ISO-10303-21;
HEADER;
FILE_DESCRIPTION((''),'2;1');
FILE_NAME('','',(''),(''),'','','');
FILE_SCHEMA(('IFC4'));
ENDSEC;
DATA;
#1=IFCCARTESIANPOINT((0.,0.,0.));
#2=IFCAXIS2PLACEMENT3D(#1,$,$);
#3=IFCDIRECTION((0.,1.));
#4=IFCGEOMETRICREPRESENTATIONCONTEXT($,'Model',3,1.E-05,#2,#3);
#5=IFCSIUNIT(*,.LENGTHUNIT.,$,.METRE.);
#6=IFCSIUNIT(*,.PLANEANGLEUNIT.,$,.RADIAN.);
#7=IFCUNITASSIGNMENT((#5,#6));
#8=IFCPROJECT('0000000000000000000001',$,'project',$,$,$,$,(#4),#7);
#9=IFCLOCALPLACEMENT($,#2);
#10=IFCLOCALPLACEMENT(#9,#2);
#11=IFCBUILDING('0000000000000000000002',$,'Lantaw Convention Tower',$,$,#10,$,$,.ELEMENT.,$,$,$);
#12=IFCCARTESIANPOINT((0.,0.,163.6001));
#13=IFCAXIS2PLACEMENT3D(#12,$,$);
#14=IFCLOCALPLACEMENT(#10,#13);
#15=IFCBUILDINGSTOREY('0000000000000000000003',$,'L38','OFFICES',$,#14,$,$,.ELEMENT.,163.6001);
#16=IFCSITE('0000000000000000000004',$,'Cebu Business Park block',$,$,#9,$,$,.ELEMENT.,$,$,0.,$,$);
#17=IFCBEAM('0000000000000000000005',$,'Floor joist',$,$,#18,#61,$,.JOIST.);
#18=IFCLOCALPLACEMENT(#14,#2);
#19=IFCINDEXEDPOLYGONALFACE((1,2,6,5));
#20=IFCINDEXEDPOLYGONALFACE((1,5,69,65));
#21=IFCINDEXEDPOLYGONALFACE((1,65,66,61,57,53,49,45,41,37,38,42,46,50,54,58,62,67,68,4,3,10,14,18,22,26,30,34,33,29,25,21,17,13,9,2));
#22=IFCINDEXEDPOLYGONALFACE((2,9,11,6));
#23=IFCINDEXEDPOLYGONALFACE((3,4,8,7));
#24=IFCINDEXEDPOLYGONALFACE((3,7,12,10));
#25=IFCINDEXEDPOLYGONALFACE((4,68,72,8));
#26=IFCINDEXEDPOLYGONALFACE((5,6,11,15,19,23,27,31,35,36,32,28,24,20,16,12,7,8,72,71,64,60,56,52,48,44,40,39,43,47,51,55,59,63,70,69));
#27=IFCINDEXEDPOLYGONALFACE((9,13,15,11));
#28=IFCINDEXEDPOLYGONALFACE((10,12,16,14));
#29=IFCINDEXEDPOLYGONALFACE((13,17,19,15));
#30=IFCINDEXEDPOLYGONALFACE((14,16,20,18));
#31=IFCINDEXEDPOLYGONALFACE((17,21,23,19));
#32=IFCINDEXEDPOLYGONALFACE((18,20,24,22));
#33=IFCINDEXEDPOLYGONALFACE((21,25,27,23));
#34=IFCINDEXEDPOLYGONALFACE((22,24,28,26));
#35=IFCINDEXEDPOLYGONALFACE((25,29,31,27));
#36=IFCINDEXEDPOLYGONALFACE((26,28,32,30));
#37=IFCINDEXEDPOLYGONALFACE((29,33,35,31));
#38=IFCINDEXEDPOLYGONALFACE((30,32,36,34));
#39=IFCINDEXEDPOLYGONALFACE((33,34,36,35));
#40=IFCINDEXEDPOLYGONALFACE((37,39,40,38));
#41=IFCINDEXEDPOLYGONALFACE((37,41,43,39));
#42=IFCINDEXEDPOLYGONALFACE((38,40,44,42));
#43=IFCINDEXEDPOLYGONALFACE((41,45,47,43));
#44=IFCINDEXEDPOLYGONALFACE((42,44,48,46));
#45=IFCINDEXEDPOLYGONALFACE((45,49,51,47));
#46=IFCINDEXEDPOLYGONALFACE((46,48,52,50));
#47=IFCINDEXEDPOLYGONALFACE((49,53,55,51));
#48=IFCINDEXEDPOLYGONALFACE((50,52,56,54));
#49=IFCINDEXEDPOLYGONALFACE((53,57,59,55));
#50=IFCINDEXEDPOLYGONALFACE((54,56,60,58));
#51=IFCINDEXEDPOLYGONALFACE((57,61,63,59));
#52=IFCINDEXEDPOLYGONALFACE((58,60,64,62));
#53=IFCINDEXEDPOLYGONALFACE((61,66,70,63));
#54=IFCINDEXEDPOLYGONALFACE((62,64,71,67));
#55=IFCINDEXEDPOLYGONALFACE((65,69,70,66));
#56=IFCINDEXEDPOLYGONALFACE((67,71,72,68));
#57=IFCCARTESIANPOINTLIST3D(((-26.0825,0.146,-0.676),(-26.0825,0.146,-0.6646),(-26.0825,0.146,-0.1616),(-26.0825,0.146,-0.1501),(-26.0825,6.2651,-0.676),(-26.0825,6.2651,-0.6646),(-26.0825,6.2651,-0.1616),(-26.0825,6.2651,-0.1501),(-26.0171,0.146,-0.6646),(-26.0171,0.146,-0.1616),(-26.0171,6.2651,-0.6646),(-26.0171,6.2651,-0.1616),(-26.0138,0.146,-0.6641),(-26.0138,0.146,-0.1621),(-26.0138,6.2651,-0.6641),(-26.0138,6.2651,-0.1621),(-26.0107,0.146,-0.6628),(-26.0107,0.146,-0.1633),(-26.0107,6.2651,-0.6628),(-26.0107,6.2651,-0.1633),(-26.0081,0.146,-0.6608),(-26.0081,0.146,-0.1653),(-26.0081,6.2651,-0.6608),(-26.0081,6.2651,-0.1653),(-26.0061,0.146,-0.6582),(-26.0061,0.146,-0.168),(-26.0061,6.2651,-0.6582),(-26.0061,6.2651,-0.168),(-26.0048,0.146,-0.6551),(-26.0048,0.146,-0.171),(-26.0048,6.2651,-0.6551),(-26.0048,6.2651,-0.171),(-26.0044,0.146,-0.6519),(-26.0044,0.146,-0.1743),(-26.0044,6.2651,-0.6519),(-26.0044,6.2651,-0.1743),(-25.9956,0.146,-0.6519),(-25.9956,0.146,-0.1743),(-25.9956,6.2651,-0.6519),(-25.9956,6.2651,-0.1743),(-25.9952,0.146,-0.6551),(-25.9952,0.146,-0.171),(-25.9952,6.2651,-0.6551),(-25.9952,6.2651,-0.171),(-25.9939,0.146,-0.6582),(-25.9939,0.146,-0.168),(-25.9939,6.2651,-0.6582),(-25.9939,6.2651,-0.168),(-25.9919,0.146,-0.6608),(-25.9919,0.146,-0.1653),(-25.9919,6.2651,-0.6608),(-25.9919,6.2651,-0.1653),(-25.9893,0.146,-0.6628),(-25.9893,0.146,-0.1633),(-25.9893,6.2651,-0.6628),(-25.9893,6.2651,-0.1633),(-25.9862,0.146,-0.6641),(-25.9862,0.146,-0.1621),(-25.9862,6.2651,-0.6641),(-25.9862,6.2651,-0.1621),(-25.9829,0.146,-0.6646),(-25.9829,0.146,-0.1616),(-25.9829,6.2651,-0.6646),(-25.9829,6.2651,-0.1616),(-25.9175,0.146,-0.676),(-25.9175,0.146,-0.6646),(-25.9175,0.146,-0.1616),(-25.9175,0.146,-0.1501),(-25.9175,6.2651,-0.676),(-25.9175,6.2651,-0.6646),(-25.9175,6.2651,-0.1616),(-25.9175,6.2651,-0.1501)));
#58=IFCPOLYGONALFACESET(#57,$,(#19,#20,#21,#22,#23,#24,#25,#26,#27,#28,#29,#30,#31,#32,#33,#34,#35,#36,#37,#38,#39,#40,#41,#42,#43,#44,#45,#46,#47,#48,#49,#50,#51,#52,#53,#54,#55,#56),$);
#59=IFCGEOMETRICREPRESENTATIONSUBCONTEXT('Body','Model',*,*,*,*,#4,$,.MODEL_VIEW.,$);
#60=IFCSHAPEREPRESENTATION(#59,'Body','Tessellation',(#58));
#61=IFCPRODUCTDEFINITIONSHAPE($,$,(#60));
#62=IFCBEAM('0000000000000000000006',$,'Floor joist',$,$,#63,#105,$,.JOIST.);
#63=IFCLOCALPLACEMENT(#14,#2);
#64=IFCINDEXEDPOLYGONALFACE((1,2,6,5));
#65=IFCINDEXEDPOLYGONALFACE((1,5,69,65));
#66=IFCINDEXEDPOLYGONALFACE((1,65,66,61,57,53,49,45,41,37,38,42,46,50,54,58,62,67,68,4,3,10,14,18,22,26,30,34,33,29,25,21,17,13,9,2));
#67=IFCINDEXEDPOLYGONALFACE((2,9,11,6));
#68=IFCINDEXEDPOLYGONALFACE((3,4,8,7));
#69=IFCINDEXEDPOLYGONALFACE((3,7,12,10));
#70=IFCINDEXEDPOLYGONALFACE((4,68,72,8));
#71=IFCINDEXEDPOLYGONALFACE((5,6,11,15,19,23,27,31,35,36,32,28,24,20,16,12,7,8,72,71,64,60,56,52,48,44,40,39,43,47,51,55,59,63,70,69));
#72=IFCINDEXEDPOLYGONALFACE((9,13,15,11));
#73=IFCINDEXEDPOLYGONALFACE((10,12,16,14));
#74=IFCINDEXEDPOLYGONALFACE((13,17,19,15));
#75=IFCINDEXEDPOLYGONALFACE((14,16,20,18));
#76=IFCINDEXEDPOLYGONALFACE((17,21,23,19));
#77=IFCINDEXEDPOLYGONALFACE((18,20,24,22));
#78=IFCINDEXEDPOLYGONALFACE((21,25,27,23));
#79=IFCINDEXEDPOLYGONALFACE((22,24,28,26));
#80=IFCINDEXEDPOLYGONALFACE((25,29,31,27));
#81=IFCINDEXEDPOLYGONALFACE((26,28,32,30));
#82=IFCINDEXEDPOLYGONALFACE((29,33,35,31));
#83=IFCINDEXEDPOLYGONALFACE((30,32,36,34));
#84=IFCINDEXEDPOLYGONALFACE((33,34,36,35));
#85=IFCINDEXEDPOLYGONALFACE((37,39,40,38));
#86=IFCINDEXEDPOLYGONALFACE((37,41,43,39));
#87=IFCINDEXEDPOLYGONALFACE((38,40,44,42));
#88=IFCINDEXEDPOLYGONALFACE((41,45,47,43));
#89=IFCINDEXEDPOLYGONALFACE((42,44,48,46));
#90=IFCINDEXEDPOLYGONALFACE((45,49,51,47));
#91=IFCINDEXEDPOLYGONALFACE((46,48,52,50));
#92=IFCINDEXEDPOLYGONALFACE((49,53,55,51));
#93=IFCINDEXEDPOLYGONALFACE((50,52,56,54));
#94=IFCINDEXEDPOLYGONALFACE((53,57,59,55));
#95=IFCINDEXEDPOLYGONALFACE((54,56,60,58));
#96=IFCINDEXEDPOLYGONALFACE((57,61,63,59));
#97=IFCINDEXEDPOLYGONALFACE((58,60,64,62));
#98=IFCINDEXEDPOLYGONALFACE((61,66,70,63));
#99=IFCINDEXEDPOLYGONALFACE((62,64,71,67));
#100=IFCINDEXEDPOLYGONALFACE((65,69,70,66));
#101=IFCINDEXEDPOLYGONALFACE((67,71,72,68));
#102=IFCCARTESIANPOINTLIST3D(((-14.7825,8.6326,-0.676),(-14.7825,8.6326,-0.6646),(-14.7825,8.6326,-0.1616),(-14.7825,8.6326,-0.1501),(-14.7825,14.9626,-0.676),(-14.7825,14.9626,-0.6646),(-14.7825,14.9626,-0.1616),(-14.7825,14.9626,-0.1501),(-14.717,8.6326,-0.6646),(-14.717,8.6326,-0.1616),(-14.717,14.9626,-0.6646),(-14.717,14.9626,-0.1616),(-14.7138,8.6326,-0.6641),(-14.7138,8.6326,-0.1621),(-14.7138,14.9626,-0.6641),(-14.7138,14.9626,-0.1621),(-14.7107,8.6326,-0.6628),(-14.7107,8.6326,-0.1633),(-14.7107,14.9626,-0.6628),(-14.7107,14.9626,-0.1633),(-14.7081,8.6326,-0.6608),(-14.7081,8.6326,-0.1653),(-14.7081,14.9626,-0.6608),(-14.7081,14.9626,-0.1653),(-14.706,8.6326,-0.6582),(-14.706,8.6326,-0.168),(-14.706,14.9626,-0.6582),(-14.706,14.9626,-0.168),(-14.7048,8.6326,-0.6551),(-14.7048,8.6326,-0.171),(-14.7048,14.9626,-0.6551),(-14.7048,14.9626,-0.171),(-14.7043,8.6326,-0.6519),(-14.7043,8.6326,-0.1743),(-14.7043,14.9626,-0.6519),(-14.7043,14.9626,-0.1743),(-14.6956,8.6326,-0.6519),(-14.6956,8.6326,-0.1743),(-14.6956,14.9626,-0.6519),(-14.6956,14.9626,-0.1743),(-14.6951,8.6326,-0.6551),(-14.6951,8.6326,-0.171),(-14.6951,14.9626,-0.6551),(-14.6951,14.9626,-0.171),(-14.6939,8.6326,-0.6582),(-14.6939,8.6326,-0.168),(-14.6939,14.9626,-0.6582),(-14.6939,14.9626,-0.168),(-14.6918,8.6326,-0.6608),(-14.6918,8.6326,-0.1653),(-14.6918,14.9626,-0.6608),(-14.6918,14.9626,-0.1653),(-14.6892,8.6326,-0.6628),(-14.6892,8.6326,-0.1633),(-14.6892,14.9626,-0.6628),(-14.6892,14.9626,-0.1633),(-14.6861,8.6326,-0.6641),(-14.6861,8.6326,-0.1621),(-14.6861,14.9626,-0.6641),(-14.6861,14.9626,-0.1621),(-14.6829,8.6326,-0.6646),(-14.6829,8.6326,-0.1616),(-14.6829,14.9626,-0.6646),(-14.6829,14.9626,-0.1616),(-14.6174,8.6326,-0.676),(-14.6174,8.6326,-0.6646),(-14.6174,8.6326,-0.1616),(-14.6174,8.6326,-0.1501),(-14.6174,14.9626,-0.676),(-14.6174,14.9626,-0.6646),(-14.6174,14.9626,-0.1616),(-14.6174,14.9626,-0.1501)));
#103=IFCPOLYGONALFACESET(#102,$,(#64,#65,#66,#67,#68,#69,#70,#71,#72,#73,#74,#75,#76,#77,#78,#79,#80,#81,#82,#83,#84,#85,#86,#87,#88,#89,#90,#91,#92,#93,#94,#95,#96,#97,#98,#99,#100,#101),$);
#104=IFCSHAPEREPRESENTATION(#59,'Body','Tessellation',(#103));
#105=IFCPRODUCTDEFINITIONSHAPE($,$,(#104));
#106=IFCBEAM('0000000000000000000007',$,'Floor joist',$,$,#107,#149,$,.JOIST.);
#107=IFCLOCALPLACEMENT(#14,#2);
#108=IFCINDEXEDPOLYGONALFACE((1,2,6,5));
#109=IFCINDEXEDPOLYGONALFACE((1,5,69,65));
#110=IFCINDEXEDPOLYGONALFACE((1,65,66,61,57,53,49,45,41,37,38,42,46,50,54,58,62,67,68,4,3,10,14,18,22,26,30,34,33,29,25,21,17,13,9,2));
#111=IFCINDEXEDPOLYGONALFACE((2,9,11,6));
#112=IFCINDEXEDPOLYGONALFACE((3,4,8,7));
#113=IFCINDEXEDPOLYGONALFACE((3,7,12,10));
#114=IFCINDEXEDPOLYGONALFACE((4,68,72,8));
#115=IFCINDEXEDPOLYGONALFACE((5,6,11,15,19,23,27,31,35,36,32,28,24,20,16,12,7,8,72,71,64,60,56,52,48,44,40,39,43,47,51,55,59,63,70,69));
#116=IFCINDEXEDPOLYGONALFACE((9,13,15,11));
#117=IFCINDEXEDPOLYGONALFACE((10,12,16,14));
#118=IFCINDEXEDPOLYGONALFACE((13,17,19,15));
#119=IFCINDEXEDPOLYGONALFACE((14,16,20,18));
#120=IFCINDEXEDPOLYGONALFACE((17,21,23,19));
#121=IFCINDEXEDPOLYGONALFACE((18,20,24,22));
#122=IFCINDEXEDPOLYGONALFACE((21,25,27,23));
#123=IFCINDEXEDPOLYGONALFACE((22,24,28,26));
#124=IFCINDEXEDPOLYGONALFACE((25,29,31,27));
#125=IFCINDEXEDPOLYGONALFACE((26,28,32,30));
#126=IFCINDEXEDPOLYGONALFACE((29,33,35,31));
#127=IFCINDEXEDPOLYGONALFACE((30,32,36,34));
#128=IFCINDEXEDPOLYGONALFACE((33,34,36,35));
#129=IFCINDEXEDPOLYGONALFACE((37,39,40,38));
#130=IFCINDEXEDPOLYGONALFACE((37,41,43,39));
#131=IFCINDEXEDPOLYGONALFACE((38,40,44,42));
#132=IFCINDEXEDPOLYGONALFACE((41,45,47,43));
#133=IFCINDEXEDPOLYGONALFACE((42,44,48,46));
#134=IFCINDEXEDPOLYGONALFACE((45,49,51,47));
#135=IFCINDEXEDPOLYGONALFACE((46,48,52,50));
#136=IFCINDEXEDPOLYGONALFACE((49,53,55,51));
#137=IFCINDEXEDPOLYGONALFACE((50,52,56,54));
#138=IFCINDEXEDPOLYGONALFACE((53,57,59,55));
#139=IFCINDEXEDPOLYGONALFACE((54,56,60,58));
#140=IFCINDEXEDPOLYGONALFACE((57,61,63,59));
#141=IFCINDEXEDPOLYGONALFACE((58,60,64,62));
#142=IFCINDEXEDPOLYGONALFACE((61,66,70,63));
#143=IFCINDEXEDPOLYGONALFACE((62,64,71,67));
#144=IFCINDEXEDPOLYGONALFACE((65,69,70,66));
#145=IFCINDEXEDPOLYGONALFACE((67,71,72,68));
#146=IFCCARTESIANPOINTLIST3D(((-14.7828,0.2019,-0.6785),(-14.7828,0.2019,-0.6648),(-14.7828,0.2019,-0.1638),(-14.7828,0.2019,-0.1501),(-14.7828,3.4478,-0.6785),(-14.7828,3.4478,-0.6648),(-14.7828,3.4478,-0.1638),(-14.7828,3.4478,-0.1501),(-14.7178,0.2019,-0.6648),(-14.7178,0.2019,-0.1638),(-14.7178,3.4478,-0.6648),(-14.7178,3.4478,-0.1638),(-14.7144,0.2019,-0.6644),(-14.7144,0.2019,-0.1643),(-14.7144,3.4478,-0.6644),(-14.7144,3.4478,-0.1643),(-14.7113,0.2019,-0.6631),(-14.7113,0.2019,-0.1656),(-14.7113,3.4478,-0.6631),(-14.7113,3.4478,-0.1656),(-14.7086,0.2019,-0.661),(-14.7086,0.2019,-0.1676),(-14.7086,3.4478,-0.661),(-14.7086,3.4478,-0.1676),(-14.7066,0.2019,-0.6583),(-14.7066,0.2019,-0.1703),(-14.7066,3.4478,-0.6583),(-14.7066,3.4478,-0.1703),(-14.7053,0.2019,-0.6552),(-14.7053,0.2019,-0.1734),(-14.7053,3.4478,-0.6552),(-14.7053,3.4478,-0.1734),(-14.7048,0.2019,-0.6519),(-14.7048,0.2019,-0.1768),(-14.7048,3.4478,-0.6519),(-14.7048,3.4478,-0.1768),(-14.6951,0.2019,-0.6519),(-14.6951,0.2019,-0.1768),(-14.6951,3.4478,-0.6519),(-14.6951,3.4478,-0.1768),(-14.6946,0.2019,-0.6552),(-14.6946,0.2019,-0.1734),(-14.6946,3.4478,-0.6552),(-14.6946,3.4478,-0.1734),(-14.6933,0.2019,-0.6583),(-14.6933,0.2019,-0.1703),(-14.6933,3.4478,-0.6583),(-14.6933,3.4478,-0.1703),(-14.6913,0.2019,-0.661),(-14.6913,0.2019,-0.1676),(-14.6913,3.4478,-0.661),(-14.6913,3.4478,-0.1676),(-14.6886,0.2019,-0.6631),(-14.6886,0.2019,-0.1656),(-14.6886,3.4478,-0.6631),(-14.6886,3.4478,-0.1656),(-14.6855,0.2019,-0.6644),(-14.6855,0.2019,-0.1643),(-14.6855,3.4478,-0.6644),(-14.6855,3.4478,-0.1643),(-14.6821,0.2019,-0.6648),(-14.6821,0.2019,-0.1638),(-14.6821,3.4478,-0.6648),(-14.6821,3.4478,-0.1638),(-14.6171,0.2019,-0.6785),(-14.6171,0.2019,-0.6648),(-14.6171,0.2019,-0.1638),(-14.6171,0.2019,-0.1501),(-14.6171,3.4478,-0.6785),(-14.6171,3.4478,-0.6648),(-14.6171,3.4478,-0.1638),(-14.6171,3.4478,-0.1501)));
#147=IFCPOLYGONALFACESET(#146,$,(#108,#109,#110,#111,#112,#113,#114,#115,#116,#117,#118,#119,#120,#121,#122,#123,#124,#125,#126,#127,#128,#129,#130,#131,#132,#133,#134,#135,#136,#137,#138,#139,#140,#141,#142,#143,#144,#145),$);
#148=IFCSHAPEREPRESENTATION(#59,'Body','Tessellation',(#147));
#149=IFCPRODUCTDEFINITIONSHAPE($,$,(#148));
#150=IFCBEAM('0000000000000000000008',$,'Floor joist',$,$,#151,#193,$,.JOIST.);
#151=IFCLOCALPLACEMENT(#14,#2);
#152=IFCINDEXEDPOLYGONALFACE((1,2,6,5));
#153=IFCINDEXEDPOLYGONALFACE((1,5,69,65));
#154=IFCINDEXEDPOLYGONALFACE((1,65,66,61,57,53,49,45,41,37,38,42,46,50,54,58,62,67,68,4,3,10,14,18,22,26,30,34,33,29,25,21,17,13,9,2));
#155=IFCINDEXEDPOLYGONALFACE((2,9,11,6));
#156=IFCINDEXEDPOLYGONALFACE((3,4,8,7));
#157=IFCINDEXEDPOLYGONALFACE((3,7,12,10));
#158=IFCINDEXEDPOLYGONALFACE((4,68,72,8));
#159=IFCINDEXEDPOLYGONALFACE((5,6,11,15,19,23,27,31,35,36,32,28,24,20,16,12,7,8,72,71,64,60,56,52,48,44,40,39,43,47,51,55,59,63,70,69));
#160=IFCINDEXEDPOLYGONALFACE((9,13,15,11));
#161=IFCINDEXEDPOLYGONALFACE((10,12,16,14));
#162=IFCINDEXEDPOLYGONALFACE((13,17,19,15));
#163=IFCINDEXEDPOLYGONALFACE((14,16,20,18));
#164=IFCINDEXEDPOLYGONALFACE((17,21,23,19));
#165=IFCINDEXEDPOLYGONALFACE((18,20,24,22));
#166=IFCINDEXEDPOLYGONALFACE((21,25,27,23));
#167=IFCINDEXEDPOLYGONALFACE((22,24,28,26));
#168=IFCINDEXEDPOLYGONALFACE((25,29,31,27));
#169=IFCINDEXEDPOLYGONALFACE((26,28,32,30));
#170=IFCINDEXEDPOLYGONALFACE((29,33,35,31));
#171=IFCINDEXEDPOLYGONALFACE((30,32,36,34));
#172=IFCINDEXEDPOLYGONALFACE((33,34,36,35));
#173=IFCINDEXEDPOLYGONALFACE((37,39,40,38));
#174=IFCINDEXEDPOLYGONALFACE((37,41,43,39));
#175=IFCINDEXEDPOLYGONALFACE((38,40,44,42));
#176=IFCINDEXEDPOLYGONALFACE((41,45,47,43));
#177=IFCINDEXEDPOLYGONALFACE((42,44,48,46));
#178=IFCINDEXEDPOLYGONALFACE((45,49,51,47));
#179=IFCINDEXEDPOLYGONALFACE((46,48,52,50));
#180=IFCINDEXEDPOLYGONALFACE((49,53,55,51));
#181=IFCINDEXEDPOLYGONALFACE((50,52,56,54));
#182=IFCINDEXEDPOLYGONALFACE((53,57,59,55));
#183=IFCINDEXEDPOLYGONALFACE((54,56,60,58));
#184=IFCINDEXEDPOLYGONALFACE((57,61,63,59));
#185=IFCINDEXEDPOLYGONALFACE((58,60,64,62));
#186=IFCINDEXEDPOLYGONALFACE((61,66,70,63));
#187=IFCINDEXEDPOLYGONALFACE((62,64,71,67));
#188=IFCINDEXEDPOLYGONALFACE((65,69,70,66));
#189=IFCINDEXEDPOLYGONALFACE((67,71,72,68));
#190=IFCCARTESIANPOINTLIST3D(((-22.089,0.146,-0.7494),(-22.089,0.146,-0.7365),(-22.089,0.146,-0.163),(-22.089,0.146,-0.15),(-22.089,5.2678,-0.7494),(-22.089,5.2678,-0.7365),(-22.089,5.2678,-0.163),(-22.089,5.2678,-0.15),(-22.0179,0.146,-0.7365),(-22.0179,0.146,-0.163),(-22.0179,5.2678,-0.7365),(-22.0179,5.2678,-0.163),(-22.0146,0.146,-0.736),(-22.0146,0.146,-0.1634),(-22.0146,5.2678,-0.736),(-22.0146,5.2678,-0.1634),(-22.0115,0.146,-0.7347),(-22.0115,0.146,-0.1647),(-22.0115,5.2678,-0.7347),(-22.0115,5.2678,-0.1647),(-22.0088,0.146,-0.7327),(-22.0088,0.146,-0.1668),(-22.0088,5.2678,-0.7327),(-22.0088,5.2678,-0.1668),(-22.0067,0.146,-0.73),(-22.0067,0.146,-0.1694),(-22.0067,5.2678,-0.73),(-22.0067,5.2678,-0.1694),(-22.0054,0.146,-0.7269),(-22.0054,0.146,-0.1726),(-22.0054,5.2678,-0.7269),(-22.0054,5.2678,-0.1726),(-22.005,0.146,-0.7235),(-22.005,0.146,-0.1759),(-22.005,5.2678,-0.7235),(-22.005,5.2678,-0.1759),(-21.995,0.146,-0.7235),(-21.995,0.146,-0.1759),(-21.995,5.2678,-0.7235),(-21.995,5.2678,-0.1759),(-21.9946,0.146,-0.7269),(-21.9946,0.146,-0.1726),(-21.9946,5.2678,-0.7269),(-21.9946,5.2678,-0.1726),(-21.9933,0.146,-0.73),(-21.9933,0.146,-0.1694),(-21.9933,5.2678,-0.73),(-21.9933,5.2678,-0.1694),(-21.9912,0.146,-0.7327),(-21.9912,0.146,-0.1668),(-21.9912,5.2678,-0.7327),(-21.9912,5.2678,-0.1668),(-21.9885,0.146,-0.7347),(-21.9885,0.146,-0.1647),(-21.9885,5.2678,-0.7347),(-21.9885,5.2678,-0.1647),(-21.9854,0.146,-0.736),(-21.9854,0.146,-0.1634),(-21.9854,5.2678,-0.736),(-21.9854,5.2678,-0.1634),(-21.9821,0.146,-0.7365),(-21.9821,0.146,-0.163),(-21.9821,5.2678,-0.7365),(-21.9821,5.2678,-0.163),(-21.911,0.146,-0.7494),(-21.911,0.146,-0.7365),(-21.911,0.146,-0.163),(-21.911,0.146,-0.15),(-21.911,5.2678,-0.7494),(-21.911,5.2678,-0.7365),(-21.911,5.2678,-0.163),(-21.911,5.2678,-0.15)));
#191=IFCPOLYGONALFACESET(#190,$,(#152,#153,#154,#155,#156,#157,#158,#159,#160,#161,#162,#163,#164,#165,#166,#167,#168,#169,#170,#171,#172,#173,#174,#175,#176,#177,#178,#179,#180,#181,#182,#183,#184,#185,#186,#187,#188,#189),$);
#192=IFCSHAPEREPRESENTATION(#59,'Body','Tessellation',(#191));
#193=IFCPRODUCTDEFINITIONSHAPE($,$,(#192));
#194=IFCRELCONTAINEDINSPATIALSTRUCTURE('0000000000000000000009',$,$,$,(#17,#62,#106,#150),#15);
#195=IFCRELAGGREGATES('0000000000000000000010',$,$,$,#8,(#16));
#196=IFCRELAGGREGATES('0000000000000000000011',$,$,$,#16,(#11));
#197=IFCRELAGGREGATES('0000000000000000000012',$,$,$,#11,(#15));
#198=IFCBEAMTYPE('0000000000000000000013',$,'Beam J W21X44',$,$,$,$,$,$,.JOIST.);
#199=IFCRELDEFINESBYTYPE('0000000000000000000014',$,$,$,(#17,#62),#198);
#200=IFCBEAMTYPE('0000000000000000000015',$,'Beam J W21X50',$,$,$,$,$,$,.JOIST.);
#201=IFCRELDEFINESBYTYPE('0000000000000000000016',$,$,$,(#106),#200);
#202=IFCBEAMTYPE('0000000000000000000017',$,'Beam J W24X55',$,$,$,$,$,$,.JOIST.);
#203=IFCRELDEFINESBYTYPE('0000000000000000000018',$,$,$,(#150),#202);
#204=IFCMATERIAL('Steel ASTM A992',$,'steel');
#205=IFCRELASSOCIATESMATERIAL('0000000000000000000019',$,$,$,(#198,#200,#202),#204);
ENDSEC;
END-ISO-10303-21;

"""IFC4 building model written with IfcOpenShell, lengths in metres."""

from ifc_helpers import new_model, si_unit, direction, frame, origin, origin_2d, place, context, subcontext, project, spatial, i_section, extrude, material, material_profile, profile_set, type_object, element, save


model = new_model("IFC4")

# Units and contexts
model_context = context("Model", 3, precision=1e-05, world=origin(), true_north=direction((0.0, 1.0)))
body_context = subcontext(model_context, "Body", "Model", "MODEL_VIEW")
ifc_project = project(units=[si_unit("LENGTHUNIT", "METRE"), si_unit("PLANEANGLEUNIT", "RADIAN")], contexts=[model_context])

# Site, building, storey
site_placement = place(None, origin())
site = spatial("IfcSite", under=ifc_project, at=site_placement, Name="Cebu Business Park block", CompositionType="ELEMENT", RefElevation=0.0)
building_placement = place(site_placement, origin())
building = spatial("IfcBuilding", under=site, at=building_placement, Name="Lantaw Convention Tower", CompositionType="ELEMENT")
storey_placement = place(building_placement, frame((0.0, 0.0, 163.6001)))
storey = spatial("IfcBuildingStorey", under=building, at=storey_placement, Name="L38", Description="OFFICES", CompositionType="ELEMENT", Elevation=163.6001)

# Beams
ifc_material_1 = material(Name="Steel ASTM A992", Category="steel")
ifc_material_profile_1 = material_profile(ifc_material_1, i_section(OverallWidth=0.165, OverallDepth=0.5259, WebThickness=0.0088, FlangeThickness=0.0115, FilletRadius=0.0127, at=origin_2d()), Name="W21X44")
ifc_profile_set_1 = profile_set([ifc_material_profile_1], Name="Steel ASTM A992")
beam_type_1 = type_object("IfcBeamType", Name="Beam J W21X44", PredefinedType="JOIST", material=ifc_profile_set_1)
beam_1_placement = place(storey_placement, frame((-26.0, 0.146, -0.4131), z_axis=(0.0, 1.0, 0.0), x_axis=(-1.0, 0.0, 0.0)))
element("IfcBeam", 1, at=beam_1_placement, inside=storey, type_object=beam_type_1, Name="Floor joist", PredefinedType="JOIST", context=body_context, shape_type="SweptSolid", body=[
    extrude(i_section(OverallWidth=0.165, OverallDepth=0.5259, WebThickness=0.0088, FlangeThickness=0.0115, FilletRadius=0.0127, at=origin_2d()), origin(), (0.0, 0.0, 1.0), 6.1191),
])
beam_2_placement = place(storey_placement, frame((-14.7, 8.6326, -0.4131), z_axis=(0.0, 1.0, 0.0), x_axis=(-1.0, 0.0, 0.0)))
element("IfcBeam", 2, at=beam_2_placement, inside=storey, type_object=beam_type_1, Name="Floor joist", PredefinedType="JOIST", context=body_context, shape_type="SweptSolid", body=[
    extrude(i_section(OverallWidth=0.165, OverallDepth=0.5259, WebThickness=0.0088, FlangeThickness=0.0115, FilletRadius=0.0127, at=origin_2d()), origin(), (0.0, 0.0, 1.0), 6.3301),
])
ifc_material_profile_2 = material_profile(ifc_material_1, i_section(OverallWidth=0.1658, OverallDepth=0.5283, WebThickness=0.0098, FlangeThickness=0.0137, FilletRadius=0.0129, at=origin_2d()), Name="W21X50")
ifc_profile_set_2 = profile_set([ifc_material_profile_2], Name="Steel ASTM A992")
beam_type_2 = type_object("IfcBeamType", Name="Beam J W21X50", PredefinedType="JOIST", material=ifc_profile_set_2)
beam_3_placement = place(storey_placement, frame((-14.7, 0.2019, -0.4143), z_axis=(0.0, 1.0, 0.0), x_axis=(-1.0, 0.0, 0.0)))
element("IfcBeam", 3, at=beam_3_placement, inside=storey, type_object=beam_type_2, Name="Floor joist", PredefinedType="JOIST", context=body_context, shape_type="SweptSolid", body=[
    extrude(i_section(OverallWidth=0.1658, OverallDepth=0.5283, WebThickness=0.0098, FlangeThickness=0.0137, FilletRadius=0.0129, at=origin_2d()), origin(), (0.0, 0.0, 1.0), 3.2458),
])
ifc_material_profile_3 = material_profile(ifc_material_1, i_section(OverallWidth=0.178, OverallDepth=0.5994, WebThickness=0.01, FlangeThickness=0.0129, FilletRadius=0.0129, at=origin_2d()), Name="W24X55")
ifc_profile_set_3 = profile_set([ifc_material_profile_3], Name="Steel ASTM A992")
beam_type_3 = type_object("IfcBeamType", Name="Beam J W24X55", PredefinedType="JOIST", material=ifc_profile_set_3)
beam_4_placement = place(storey_placement, frame((-22.0, 0.146, -0.4497), z_axis=(0.0, 1.0, 0.0), x_axis=(-1.0, 0.0, 0.0)))
element("IfcBeam", 4, at=beam_4_placement, inside=storey, type_object=beam_type_3, Name="Floor joist", PredefinedType="JOIST", context=body_context, shape_type="SweptSolid", body=[
    extrude(i_section(OverallWidth=0.178, OverallDepth=0.5994, WebThickness=0.01, FlangeThickness=0.0129, FilletRadius=0.0129, at=origin_2d()), origin(), (0.0, 0.0, 1.0), 5.1218),
])

save(model, "model.ifc")
